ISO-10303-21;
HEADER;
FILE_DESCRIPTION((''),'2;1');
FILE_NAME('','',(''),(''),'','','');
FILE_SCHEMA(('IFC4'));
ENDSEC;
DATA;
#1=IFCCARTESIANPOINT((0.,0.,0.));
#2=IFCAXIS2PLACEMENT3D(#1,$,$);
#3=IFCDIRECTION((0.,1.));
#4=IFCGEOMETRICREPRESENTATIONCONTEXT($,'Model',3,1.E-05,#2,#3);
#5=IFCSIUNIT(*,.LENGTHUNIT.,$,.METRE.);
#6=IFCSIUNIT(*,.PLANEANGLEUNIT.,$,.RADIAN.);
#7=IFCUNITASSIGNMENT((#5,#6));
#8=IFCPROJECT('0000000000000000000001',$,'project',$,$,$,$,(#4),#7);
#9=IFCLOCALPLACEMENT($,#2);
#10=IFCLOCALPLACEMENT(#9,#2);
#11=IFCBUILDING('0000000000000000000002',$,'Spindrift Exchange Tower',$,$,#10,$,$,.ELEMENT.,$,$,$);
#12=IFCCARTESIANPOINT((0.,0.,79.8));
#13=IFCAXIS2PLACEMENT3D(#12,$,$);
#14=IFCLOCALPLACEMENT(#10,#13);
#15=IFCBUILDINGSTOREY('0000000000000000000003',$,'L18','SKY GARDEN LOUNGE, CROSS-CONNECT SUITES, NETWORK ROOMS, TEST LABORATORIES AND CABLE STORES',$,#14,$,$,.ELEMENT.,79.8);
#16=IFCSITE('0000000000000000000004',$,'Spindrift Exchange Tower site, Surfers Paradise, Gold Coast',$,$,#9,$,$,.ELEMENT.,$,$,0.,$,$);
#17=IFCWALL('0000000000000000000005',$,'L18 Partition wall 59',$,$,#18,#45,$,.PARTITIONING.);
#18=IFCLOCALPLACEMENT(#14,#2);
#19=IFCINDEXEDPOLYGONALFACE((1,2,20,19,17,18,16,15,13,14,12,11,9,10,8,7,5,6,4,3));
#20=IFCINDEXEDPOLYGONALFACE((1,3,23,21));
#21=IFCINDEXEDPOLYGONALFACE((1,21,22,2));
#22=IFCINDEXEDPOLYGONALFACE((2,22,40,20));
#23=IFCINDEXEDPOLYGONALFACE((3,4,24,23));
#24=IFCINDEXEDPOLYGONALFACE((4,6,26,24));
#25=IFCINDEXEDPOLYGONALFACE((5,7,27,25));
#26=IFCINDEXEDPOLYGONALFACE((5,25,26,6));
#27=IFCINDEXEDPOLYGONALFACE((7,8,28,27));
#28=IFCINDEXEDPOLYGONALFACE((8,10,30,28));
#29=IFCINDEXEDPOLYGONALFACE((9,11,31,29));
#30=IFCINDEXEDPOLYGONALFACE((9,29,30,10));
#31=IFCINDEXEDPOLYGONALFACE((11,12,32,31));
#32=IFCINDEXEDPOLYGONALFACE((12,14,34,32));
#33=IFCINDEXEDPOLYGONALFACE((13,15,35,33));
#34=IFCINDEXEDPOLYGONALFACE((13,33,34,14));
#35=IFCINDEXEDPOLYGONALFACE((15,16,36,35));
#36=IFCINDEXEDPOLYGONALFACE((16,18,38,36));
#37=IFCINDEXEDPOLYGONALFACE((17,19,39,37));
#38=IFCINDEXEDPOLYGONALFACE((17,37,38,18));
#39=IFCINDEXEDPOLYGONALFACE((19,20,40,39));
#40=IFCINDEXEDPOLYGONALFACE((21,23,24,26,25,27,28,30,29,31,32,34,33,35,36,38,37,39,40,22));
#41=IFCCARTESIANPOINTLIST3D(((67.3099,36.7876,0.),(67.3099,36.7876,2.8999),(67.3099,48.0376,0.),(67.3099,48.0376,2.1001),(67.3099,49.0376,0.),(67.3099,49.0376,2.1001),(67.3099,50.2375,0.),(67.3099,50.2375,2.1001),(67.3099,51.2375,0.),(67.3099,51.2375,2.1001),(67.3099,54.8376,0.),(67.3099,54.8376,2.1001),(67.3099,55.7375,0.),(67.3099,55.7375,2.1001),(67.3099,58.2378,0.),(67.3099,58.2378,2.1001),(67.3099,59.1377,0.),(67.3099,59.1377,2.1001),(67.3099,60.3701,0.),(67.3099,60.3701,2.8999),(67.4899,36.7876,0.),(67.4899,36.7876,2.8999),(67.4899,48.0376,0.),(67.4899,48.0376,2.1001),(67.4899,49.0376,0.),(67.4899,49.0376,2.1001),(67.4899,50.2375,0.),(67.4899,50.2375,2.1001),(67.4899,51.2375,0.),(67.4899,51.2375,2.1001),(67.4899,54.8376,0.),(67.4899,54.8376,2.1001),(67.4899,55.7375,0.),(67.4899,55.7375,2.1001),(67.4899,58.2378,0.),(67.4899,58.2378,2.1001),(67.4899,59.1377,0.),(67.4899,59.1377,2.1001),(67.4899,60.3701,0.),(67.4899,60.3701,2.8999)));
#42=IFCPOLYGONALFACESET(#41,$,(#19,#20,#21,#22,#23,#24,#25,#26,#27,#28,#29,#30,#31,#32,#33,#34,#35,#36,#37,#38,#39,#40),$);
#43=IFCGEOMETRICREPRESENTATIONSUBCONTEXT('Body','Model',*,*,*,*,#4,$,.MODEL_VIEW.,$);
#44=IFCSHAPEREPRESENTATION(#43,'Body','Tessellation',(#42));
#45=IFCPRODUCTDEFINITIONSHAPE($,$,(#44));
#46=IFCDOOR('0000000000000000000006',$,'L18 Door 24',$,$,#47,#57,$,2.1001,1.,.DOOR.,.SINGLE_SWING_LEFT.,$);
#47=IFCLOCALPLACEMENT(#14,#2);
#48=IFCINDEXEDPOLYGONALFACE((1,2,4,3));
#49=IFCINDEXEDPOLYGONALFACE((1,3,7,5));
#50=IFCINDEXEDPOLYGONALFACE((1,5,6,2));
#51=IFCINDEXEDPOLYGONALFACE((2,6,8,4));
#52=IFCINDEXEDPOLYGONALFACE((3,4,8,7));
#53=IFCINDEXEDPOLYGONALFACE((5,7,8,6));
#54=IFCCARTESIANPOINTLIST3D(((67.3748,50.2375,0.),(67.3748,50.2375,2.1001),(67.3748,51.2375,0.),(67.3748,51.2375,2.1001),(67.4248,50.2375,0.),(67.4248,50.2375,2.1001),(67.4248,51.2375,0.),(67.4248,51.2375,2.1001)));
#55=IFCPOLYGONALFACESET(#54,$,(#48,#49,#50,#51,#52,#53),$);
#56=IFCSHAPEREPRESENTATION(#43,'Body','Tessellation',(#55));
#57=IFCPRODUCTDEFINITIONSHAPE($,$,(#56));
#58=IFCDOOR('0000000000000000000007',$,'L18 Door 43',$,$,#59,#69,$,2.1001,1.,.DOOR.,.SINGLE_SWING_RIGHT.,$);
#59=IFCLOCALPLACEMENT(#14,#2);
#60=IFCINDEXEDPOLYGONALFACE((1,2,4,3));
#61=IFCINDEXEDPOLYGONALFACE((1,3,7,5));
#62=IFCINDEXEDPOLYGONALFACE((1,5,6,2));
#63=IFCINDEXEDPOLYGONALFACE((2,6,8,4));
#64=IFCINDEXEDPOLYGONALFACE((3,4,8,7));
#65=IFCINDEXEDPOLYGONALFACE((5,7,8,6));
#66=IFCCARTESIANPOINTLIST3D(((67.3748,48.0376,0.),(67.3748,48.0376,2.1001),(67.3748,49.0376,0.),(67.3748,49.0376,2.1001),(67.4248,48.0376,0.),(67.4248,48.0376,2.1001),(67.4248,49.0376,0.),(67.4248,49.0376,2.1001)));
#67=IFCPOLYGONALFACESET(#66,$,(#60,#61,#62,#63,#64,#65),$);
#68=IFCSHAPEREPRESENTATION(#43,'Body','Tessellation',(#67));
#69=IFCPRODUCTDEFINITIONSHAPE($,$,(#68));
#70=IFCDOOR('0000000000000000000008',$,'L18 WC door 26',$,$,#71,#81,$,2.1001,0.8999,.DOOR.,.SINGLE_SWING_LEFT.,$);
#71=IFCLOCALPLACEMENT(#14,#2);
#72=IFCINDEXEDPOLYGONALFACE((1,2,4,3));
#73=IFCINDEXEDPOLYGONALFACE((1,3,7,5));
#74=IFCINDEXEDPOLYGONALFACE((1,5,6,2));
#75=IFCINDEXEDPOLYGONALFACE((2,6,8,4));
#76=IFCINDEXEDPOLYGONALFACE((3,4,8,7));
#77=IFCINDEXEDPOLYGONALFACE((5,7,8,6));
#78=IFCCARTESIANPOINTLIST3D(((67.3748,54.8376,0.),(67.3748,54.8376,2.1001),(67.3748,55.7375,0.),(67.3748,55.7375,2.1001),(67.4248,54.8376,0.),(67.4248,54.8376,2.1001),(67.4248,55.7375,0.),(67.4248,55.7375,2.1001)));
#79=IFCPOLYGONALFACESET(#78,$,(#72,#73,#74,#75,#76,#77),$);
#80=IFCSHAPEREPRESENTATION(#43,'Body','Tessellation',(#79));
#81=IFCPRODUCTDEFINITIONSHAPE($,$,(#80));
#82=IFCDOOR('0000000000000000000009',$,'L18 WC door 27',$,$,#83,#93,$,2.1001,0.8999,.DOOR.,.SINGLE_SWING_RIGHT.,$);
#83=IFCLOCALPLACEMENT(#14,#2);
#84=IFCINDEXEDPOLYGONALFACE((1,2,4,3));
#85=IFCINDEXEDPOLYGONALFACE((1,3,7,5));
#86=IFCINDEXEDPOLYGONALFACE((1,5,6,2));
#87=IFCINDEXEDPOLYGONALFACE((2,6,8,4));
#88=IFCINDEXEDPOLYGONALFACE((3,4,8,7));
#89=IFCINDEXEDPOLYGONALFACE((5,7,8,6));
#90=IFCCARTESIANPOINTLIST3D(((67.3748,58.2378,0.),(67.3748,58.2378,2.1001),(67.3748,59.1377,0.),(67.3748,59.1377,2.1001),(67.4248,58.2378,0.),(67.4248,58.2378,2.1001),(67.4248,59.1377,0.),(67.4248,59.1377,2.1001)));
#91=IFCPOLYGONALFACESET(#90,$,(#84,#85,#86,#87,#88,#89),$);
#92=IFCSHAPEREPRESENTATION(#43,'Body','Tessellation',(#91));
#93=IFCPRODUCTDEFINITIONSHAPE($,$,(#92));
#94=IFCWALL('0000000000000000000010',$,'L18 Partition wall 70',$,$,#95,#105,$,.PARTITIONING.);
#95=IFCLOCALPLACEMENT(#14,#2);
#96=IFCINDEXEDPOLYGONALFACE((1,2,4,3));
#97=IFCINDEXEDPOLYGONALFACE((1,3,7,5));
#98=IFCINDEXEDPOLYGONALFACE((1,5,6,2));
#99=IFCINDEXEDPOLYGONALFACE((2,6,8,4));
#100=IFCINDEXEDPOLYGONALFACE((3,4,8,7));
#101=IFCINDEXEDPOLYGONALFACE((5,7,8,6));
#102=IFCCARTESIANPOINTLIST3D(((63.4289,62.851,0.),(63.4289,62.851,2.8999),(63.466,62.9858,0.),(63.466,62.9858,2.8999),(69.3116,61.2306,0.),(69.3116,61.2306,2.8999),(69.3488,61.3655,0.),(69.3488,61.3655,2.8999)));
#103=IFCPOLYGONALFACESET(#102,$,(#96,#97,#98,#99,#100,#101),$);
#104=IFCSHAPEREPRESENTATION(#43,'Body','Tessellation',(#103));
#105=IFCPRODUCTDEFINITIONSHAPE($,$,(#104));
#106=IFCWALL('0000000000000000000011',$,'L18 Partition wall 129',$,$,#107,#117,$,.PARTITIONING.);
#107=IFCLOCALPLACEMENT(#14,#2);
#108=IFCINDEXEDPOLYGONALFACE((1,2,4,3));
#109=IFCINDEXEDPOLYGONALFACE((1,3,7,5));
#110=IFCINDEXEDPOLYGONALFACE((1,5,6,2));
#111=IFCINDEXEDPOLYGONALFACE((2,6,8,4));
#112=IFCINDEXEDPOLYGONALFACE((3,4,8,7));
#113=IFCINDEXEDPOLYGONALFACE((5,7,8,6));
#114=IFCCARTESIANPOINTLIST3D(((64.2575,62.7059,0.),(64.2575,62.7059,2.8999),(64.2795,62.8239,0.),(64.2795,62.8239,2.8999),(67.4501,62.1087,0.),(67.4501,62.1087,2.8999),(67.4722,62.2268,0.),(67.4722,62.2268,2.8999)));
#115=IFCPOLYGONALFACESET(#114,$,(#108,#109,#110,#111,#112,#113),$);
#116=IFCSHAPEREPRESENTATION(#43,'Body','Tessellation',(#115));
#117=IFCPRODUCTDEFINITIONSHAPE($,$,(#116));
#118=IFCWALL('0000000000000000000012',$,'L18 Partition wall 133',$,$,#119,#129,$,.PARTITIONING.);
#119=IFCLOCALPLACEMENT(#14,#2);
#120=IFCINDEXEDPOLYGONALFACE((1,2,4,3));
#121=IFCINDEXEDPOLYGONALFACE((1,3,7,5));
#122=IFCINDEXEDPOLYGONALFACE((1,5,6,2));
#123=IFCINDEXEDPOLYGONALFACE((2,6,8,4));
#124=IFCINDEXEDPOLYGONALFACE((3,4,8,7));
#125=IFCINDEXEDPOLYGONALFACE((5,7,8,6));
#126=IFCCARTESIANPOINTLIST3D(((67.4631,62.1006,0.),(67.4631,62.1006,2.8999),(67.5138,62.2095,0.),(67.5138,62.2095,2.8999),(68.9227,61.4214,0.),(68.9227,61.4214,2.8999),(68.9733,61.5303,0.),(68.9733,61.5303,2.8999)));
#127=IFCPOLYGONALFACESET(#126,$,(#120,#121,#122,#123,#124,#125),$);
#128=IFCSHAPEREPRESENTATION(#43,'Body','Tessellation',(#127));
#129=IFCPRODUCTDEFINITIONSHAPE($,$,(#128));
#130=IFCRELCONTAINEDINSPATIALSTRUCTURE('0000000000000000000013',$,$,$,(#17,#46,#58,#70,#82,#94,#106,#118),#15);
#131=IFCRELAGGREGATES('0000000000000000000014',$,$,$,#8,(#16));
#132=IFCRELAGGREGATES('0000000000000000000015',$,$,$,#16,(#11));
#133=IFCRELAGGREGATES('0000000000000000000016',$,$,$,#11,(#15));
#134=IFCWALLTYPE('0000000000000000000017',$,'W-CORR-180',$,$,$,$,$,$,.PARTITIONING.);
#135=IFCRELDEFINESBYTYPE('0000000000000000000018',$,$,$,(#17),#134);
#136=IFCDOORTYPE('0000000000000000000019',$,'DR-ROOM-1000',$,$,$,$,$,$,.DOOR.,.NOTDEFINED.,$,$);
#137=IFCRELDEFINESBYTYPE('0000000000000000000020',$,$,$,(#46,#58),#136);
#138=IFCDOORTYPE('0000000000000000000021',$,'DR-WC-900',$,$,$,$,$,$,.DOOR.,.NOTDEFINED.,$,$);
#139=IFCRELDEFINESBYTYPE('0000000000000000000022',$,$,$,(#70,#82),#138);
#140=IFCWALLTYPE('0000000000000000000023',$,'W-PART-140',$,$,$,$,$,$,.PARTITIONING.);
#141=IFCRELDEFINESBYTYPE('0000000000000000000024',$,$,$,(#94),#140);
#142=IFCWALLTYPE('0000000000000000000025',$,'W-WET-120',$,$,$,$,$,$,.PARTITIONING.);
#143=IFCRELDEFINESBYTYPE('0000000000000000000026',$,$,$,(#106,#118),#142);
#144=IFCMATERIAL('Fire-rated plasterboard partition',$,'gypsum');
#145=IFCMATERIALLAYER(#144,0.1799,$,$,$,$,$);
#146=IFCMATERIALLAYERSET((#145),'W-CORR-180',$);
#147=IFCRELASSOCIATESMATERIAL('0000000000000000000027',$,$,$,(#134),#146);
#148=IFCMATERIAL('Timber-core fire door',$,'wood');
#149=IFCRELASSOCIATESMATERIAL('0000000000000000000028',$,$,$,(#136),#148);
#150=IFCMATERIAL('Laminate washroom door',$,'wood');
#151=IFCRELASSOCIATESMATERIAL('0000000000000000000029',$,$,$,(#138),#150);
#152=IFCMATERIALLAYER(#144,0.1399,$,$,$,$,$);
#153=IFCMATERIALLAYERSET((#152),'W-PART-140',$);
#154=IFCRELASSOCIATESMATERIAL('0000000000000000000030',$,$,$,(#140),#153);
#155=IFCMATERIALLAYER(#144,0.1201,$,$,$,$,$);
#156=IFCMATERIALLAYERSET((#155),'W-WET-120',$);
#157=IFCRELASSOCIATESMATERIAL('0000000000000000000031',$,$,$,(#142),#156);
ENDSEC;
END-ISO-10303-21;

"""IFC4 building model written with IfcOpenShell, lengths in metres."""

from ifc_helpers import new_model, si_unit, direction, frame, frame_2d, origin, place, context, subcontext, project, spatial, rectangle, extrude, source, transform, mapped, material, layer, layer_set, type_object, element, fill, save


model = new_model("IFC4")

# Units and contexts
model_context = context("Model", 3, precision=1e-05, world=origin(), true_north=direction((0.0, 1.0)))
body_context = subcontext(model_context, "Body", "Model", "MODEL_VIEW")
ifc_project = project(units=[si_unit("LENGTHUNIT", "METRE"), si_unit("PLANEANGLEUNIT", "RADIAN")], contexts=[model_context])

# Site, building, storey
site_placement = place(None, origin())
site = spatial("IfcSite", under=ifc_project, at=site_placement, Name="Spindrift Exchange Tower site, Surfers Paradise, Gold Coast", CompositionType="ELEMENT", RefElevation=0.0)
building_placement = place(site_placement, origin())
building = spatial("IfcBuilding", under=site, at=building_placement, Name="Spindrift Exchange Tower", CompositionType="ELEMENT")
storey_placement = place(building_placement, frame((0.0, 0.0, 79.8)))
storey = spatial("IfcBuildingStorey", under=building, at=storey_placement, Name="L18", Description="SKY GARDEN LOUNGE, CROSS-CONNECT SUITES, NETWORK ROOMS, TEST LABORATORIES AND CABLE STORES", CompositionType="ELEMENT", Elevation=79.8)

# Wall, openings, doors
ifc_material_1 = material(Name="Fire-rated plasterboard partition", Category="gypsum")
ifc_layer_1 = layer(ifc_material_1, 0.1799)
ifc_layer_set_1 = layer_set([ifc_layer_1], Name="W-CORR-180")
wall_type_1 = type_object("IfcWallType", Name="W-CORR-180", PredefinedType="PARTITIONING", material=ifc_layer_set_1)
wall_1_placement = place(storey_placement, frame((67.3999, 60.3701, 0.0), z_axis=(0.0, 0.0, 1.0), x_axis=(0.0, -1.0, 0.0)))
wall_1 = element("IfcWall", 1, at=wall_1_placement, inside=storey, type_object=wall_type_1, Name="L18 Partition wall 59", PredefinedType="PARTITIONING", context=body_context, shape_type="SweptSolid", body=[
    extrude(rectangle(XDim=23.5825, YDim=0.1799, at=frame_2d((11.7913, 0.0))), origin(), (0.0, 0.0, 1.0), 2.8999),
])
opening_1_placement = place(wall_1_placement, frame((9.1326, 0.0, 0.0)))
opening_1 = element("IfcOpeningElement", 2, at=opening_1_placement, cuts=wall_1, PredefinedType="OPENING", context=body_context, shape_type="SweptSolid", body=[
    extrude(rectangle(XDim=1.0, YDim=2.1001, at=frame_2d((0.5, 1.05))), frame((0.0, 0.0999, 0.0), z_axis=(0.0, -1.0, 0.0), x_axis=(1.0, 0.0, 0.0)), (0.0, 0.0, 1.0), 0.2),
])
opening_2_placement = place(wall_1_placement, frame((4.6326, 0.0, 0.0)))
opening_2 = element("IfcOpeningElement", 3, at=opening_2_placement, cuts=wall_1, PredefinedType="OPENING", context=body_context, shape_type="SweptSolid", body=[
    extrude(rectangle(XDim=0.8999, YDim=2.1001, at=frame_2d((0.45, 1.05))), frame((0.0, 0.0999, 0.0), z_axis=(0.0, -1.0, 0.0), x_axis=(1.0, 0.0, 0.0)), (0.0, 0.0, 1.0), 0.2),
])
opening_3_placement = place(wall_1_placement, frame((1.2324, 0.0, 0.0)))
opening_3 = element("IfcOpeningElement", 4, at=opening_3_placement, cuts=wall_1, PredefinedType="OPENING", context=body_context, shape_type="SweptSolid", body=[
    extrude(rectangle(XDim=0.8999, YDim=2.1001, at=frame_2d((0.45, 1.05))), frame((0.0, 0.0999, 0.0), z_axis=(0.0, -1.0, 0.0), x_axis=(1.0, 0.0, 0.0)), (0.0, 0.0, 1.0), 0.2),
])
opening_4_placement = place(wall_1_placement, frame((11.3325, 0.0, 0.0)))
opening_4 = element("IfcOpeningElement", 5, at=opening_4_placement, cuts=wall_1, PredefinedType="OPENING", context=body_context, shape_type="SweptSolid", body=[
    extrude(rectangle(XDim=1.0, YDim=2.1001, at=frame_2d((0.5, 1.05))), frame((0.0, 0.0999, 0.0), z_axis=(0.0, -1.0, 0.0), x_axis=(1.0, 0.0, 0.0)), (0.0, 0.0, 1.0), 0.2),
])
ifc_material_2 = material(Name="Timber-core fire door", Category="wood")
door_type_1 = type_object("IfcDoorType", Name="DR-ROOM-1000", OperationType="NOTDEFINED", PredefinedType="DOOR", material=ifc_material_2)
shared_shape_1 = source(origin(), body_context, "Body", "SweptSolid", [
    extrude(rectangle(XDim=1.0, YDim=2.1001, at=frame_2d((0.5, 1.05))), frame((0.0, 0.0249, 0.0), z_axis=(0.0, -1.0, 0.0), x_axis=(1.0, 0.0, 0.0)), (0.0, 0.0, 1.0), 0.05),
])
door_1_placement = place(opening_1_placement, origin())
door_1 = element("IfcDoor", 6, at=door_1_placement, inside=storey, type_object=door_type_1, Name="L18 Door 24", OperationType="SINGLE_SWING_LEFT", OverallHeight=2.1001, OverallWidth=1.0, PredefinedType="DOOR", context=body_context, shape_type="MappedRepresentation", body=[
    mapped(shared_shape_1, transform((0.0, 0.0, 0.0), scale=1.0)),
])
fill(opening_1, door_1)
door_2_placement = place(opening_4_placement, origin())
door_2 = element("IfcDoor", 7, at=door_2_placement, inside=storey, type_object=door_type_1, Name="L18 Door 43", OperationType="SINGLE_SWING_RIGHT", OverallHeight=2.1001, OverallWidth=1.0, PredefinedType="DOOR", context=body_context, shape_type="MappedRepresentation", body=[
    mapped(shared_shape_1, transform((0.0, 0.0, 0.0), scale=1.0)),
])
fill(opening_4, door_2)
ifc_material_3 = material(Name="Laminate washroom door", Category="wood")
door_type_2 = type_object("IfcDoorType", Name="DR-WC-900", OperationType="NOTDEFINED", PredefinedType="DOOR", material=ifc_material_3)
shared_shape_2 = source(origin(), body_context, "Body", "SweptSolid", [
    extrude(rectangle(XDim=0.8999, YDim=2.1001, at=frame_2d((0.45, 1.05))), frame((0.0, 0.0249, 0.0), z_axis=(0.0, -1.0, 0.0), x_axis=(1.0, 0.0, 0.0)), (0.0, 0.0, 1.0), 0.05),
])
door_3_placement = place(opening_2_placement, origin())
door_3 = element("IfcDoor", 8, at=door_3_placement, inside=storey, type_object=door_type_2, Name="L18 WC door 26", OperationType="SINGLE_SWING_LEFT", OverallHeight=2.1001, OverallWidth=0.8999, PredefinedType="DOOR", context=body_context, shape_type="MappedRepresentation", body=[
    mapped(shared_shape_2, transform((0.0, 0.0, 0.0), scale=1.0)),
])
fill(opening_2, door_3)
door_4_placement = place(opening_3_placement, origin())
door_4 = element("IfcDoor", 9, at=door_4_placement, inside=storey, type_object=door_type_2, Name="L18 WC door 27", OperationType="SINGLE_SWING_RIGHT", OverallHeight=2.1001, OverallWidth=0.8999, PredefinedType="DOOR", context=body_context, shape_type="MappedRepresentation", body=[
    mapped(shared_shape_2, transform((0.0, 0.0, 0.0), scale=1.0)),
])
fill(opening_3, door_4)

# Walls
ifc_layer_2 = layer(ifc_material_1, 0.1399)
ifc_layer_set_2 = layer_set([ifc_layer_2], Name="W-PART-140")
wall_type_2 = type_object("IfcWallType", Name="W-PART-140", PredefinedType="PARTITIONING", material=ifc_layer_set_2)
wall_2_placement = place(storey_placement, frame((69.3301, 61.2981, 0.0), z_axis=(0.0, 0.0, 1.0), x_axis=(-0.964097, 0.265551, 0.0)))
element("IfcWall", 10, at=wall_2_placement, inside=storey, type_object=wall_type_2, Name="L18 Partition wall 70", PredefinedType="PARTITIONING", context=body_context, shape_type="SweptSolid", body=[
    extrude(rectangle(XDim=6.1018, YDim=0.1399, at=frame_2d((3.0508, 0.0))), origin(), (0.0, 0.0, 1.0), 2.8999),
])
ifc_layer_3 = layer(ifc_material_1, 0.1201)
ifc_layer_set_3 = layer_set([ifc_layer_3], Name="W-WET-120")
wall_type_3 = type_object("IfcWallType", Name="W-WET-120", PredefinedType="PARTITIONING", material=ifc_layer_set_3)
wall_3_placement = place(storey_placement, frame((67.4612, 62.1677, 0.0), z_axis=(0.0, 0.0, 1.0), x_axis=(-0.982953, 0.183857, 0.0)))
element("IfcWall", 11, at=wall_3_placement, inside=storey, type_object=wall_type_3, Name="L18 Partition wall 129", PredefinedType="PARTITIONING", context=body_context, shape_type="SweptSolid", body=[
    extrude(rectangle(XDim=3.248, YDim=0.1201, at=frame_2d((1.624, 0.0))), origin(), (0.0, 0.0, 1.0), 2.8999),
])
wall_4_placement = place(storey_placement, frame((68.948, 61.4758, 0.0), z_axis=(0.0, 0.0, 1.0), x_axis=(-0.906632, 0.421922, 0.0)))
element("IfcWall", 12, at=wall_4_placement, inside=storey, type_object=wall_type_3, Name="L18 Partition wall 133", PredefinedType="PARTITIONING", context=body_context, shape_type="SweptSolid", body=[
    extrude(rectangle(XDim=1.6099, YDim=0.1201, at=frame_2d((0.8049, 0.0))), origin(), (0.0, 0.0, 1.0), 2.8999),
])

save(model, "model.ifc")
